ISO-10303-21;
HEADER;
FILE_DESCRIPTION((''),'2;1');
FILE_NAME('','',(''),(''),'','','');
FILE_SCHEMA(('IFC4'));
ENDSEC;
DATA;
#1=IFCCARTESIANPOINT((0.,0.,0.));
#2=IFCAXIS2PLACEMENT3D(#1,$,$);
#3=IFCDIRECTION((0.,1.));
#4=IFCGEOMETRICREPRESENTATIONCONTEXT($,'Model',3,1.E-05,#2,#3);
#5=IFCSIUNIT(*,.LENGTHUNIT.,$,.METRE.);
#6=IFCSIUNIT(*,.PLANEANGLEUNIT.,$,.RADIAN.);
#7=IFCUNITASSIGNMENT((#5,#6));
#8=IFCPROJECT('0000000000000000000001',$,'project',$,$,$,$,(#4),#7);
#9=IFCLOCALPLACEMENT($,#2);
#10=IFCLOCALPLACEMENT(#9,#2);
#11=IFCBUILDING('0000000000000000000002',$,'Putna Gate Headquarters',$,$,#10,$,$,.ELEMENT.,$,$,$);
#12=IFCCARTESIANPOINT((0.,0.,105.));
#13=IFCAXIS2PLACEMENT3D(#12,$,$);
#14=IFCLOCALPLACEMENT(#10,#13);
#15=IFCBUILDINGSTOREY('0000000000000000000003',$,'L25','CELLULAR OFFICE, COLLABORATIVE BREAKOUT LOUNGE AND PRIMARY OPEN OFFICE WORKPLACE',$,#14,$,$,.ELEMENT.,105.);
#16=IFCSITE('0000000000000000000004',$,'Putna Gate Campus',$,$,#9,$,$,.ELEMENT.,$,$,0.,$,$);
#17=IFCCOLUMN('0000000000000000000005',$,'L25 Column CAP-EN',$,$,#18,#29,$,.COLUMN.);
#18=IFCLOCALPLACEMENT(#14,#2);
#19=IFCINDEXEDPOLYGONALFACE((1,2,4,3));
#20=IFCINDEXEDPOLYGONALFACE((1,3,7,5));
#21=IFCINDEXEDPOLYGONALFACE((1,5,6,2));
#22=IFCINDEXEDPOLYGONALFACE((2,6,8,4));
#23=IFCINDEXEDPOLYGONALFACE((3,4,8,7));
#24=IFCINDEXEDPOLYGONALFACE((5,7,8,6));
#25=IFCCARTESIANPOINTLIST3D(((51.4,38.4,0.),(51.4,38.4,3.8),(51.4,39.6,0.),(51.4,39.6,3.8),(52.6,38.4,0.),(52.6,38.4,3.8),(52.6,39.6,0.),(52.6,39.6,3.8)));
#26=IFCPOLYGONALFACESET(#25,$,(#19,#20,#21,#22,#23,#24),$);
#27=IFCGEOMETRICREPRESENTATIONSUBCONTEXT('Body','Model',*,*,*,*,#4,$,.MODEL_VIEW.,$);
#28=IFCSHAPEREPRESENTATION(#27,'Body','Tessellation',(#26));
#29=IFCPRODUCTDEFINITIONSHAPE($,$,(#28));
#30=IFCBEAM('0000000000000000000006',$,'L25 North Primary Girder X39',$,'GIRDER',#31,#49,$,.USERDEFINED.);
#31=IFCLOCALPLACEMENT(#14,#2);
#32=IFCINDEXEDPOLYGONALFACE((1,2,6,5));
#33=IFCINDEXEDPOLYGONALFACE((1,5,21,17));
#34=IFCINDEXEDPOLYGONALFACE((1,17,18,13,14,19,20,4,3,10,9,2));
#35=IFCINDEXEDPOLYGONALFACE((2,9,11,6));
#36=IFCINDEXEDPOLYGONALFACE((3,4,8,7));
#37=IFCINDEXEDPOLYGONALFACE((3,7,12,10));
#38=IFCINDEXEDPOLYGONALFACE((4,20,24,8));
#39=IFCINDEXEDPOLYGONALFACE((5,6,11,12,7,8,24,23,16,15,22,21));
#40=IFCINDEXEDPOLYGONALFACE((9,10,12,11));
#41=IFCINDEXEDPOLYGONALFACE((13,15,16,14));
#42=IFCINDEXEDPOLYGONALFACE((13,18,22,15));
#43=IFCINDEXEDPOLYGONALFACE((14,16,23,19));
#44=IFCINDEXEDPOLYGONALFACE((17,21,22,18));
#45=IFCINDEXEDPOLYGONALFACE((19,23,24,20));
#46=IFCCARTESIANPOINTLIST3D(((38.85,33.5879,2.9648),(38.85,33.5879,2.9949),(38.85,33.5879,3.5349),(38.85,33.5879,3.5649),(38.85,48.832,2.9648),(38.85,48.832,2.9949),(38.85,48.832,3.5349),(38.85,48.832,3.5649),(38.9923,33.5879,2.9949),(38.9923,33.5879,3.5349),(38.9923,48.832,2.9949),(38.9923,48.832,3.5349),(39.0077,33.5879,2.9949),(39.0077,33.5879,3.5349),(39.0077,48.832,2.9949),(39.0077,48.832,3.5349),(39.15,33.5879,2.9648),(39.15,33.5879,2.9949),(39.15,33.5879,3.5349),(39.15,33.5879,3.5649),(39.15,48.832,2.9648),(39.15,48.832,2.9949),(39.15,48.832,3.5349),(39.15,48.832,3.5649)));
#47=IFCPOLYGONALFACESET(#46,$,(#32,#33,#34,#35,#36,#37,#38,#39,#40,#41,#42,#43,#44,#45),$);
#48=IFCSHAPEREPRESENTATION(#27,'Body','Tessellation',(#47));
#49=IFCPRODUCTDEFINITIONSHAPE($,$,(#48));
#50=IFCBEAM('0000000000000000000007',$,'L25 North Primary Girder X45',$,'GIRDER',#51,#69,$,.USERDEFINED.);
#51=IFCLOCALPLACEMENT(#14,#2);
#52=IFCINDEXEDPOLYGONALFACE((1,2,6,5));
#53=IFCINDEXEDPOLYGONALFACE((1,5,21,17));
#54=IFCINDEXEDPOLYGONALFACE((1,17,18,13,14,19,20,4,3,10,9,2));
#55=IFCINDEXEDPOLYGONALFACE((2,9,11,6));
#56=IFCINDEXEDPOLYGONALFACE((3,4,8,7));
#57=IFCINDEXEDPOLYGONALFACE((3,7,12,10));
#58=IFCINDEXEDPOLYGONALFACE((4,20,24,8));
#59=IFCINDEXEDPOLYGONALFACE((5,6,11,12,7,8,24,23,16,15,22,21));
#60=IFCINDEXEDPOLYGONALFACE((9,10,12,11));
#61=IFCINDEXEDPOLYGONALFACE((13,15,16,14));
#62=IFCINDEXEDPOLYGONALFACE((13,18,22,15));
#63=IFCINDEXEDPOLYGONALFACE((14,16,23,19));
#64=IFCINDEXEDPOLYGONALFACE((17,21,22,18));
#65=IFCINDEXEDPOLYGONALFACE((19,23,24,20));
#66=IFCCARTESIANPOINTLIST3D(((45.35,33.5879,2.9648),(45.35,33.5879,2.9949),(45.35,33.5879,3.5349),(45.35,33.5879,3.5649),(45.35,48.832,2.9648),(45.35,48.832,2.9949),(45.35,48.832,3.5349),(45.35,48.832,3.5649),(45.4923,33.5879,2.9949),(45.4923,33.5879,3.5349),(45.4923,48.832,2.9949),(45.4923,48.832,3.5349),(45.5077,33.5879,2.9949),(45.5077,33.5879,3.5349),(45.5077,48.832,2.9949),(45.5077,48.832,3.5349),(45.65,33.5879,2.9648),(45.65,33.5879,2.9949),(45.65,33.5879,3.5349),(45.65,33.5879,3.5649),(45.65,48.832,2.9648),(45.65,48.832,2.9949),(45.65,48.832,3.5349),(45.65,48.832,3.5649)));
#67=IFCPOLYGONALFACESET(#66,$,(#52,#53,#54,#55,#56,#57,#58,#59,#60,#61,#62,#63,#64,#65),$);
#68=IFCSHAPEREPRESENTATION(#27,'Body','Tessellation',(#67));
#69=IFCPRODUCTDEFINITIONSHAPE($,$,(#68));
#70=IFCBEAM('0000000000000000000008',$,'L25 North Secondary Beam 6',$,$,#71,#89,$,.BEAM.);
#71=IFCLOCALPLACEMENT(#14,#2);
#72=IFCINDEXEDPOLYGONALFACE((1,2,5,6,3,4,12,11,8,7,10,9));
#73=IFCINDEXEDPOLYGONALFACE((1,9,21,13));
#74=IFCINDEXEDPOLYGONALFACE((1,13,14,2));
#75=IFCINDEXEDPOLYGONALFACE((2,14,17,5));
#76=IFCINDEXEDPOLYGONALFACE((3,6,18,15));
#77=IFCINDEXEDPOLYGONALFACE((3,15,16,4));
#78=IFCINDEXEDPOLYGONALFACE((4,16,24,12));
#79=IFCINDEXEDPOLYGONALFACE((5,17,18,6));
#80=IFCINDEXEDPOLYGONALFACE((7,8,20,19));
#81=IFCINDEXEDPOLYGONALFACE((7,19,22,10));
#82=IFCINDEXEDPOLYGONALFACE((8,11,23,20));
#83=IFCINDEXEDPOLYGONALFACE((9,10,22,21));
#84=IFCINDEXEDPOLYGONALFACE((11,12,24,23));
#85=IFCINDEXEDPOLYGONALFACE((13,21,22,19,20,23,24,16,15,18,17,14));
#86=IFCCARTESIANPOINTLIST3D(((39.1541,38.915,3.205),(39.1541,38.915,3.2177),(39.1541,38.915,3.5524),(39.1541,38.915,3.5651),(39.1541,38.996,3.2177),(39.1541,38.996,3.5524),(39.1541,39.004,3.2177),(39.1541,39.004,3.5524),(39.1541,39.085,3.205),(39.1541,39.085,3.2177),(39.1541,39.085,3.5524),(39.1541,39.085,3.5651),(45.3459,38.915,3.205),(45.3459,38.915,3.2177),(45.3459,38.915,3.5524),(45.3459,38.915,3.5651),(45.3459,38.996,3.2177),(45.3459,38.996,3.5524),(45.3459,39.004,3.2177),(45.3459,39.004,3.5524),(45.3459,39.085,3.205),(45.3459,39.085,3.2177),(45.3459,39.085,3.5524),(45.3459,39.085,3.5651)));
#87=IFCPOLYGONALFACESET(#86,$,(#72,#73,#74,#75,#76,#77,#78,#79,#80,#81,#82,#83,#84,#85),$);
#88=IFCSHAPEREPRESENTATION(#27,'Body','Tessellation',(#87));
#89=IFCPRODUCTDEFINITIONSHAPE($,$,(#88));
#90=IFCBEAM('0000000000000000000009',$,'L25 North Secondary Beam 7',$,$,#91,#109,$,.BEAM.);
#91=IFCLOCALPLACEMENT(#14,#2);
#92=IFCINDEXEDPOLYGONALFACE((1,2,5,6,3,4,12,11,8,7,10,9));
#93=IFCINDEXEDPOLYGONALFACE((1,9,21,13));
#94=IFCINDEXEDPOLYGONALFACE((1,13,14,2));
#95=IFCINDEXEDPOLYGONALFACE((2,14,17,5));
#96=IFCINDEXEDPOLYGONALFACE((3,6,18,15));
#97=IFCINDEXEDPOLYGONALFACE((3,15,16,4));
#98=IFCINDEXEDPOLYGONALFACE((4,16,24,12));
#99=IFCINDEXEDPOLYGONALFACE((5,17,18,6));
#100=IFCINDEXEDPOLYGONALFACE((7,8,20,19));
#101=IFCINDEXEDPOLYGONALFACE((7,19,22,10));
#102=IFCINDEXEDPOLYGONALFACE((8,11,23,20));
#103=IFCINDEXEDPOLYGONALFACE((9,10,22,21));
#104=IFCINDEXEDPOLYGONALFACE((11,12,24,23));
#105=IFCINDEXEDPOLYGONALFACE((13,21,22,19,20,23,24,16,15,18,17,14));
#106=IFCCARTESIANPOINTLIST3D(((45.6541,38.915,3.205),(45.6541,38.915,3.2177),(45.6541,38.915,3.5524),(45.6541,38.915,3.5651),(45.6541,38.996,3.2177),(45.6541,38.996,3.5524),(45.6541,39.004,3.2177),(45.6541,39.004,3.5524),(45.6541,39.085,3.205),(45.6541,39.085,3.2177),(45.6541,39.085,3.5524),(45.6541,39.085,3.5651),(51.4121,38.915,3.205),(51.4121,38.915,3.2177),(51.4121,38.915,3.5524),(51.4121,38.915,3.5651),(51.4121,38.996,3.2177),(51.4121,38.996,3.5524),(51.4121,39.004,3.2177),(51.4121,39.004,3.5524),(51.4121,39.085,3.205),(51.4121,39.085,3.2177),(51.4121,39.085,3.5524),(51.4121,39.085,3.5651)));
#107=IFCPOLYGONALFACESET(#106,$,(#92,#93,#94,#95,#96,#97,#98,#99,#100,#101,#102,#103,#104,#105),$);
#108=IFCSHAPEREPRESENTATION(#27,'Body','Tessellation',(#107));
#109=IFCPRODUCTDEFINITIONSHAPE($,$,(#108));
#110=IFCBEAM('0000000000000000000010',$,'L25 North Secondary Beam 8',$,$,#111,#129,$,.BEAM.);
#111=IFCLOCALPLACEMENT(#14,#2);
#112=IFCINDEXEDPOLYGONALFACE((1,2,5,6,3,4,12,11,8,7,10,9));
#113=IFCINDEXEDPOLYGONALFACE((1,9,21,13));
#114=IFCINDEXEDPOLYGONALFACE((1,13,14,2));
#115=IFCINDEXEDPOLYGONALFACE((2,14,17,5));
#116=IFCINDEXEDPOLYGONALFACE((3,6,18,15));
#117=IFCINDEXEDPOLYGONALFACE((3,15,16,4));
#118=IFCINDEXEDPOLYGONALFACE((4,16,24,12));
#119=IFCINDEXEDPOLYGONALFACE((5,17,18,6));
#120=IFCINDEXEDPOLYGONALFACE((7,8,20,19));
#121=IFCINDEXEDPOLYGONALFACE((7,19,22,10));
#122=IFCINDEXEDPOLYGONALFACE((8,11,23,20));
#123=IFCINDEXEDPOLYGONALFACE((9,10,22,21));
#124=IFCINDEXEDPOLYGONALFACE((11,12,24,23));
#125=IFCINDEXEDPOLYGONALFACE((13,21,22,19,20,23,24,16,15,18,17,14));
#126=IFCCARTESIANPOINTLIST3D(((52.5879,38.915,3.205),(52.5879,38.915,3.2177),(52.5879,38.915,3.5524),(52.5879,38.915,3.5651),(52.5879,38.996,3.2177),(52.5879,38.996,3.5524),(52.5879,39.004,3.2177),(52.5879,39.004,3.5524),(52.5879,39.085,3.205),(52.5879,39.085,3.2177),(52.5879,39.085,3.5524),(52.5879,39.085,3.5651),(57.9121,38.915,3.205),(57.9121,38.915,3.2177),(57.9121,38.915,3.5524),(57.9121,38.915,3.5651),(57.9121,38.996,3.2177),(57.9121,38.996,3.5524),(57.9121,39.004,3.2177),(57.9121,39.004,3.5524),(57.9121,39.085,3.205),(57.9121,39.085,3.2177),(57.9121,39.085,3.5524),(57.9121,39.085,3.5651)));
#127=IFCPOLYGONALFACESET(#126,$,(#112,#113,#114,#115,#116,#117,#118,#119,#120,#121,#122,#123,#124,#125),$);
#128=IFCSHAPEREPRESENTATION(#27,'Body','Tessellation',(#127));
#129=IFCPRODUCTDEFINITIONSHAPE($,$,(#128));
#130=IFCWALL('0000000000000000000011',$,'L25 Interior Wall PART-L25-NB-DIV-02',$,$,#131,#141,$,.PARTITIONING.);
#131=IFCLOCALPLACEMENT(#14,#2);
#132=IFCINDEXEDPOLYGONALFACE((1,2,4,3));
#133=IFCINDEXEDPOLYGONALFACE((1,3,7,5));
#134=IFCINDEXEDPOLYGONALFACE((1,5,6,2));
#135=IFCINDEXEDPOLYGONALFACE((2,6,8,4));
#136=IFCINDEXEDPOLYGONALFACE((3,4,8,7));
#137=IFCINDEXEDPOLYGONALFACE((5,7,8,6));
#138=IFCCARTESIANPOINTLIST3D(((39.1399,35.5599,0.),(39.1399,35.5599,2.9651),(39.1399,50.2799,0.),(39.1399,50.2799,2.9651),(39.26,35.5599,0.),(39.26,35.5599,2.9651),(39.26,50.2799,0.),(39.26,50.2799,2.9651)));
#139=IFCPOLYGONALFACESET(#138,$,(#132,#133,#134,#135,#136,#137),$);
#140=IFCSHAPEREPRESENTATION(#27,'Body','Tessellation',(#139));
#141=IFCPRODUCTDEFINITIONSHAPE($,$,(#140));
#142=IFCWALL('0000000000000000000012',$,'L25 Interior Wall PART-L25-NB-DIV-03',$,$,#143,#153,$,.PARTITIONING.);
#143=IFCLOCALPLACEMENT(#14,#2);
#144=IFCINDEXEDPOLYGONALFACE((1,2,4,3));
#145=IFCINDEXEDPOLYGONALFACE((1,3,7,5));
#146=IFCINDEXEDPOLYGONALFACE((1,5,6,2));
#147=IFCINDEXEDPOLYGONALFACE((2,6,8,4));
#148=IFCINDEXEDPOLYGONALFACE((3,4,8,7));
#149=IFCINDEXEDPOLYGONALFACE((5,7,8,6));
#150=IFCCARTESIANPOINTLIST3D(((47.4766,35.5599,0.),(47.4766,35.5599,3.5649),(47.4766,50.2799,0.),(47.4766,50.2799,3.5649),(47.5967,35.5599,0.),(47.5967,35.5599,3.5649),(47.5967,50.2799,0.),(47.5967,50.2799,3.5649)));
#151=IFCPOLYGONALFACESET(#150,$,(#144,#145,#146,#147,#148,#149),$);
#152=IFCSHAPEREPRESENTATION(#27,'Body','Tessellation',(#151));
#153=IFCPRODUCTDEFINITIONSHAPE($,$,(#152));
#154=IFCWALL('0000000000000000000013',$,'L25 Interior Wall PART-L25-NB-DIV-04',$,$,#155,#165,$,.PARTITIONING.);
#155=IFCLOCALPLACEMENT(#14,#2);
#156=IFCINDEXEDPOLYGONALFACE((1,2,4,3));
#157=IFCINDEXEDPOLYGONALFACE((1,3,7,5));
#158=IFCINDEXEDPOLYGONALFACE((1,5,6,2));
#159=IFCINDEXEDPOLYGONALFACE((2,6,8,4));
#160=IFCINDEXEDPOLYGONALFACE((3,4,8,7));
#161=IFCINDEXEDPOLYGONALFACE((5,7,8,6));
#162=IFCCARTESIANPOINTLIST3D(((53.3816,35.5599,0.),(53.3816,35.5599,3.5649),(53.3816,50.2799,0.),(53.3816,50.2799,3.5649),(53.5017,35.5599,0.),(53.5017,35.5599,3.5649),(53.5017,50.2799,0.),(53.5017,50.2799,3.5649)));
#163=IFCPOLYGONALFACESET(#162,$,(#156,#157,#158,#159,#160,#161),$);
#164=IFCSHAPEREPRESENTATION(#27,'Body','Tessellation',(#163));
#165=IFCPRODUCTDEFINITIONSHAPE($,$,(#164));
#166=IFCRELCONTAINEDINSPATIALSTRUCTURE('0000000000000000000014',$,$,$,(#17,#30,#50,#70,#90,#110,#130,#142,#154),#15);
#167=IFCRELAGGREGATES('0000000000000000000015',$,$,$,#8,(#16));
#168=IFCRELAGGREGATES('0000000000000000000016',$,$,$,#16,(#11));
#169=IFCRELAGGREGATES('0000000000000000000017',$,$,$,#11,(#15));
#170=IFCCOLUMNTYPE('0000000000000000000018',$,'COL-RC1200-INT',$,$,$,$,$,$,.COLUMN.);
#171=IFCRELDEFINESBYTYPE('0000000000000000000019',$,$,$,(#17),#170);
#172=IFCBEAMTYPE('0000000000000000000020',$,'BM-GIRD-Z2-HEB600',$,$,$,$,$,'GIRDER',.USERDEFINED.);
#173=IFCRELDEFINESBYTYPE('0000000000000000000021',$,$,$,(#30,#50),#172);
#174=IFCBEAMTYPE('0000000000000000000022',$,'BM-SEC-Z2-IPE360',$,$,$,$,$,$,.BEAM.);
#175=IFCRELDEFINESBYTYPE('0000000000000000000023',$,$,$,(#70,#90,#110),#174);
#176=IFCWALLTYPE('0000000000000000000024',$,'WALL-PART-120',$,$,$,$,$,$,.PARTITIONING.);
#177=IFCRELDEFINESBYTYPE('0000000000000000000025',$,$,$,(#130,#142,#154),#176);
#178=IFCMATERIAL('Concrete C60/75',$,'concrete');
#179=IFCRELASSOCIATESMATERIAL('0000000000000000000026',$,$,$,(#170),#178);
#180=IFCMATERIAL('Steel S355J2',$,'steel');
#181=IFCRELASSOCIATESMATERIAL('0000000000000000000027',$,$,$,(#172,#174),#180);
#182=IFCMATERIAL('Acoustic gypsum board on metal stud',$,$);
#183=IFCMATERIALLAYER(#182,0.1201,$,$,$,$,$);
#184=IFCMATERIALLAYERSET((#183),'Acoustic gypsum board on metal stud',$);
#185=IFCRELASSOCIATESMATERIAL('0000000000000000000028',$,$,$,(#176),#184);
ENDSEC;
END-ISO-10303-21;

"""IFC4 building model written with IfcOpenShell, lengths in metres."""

from ifc_helpers import new_model, si_unit, direction, frame, frame_2d, origin, origin_2d, place, context, subcontext, project, spatial, rectangle, i_section, extrude, material, layer, layer_set, material_profile, profile_set, type_object, element, save


model = new_model("IFC4")

# Units and contexts
model_context = context("Model", 3, precision=1e-05, world=origin(), true_north=direction((0.0, 1.0)))
body_context = subcontext(model_context, "Body", "Model", "MODEL_VIEW")
ifc_project = project(units=[si_unit("LENGTHUNIT", "METRE"), si_unit("PLANEANGLEUNIT", "RADIAN")], contexts=[model_context])

# Site, building, storey
site_placement = place(None, origin())
site = spatial("IfcSite", under=ifc_project, at=site_placement, Name="Putna Gate Campus", CompositionType="ELEMENT", RefElevation=0.0)
building_placement = place(site_placement, origin())
building = spatial("IfcBuilding", under=site, at=building_placement, Name="Putna Gate Headquarters", CompositionType="ELEMENT")
storey_placement = place(building_placement, frame((0.0, 0.0, 105.0)))
storey = spatial("IfcBuildingStorey", under=building, at=storey_placement, Name="L25", Description="CELLULAR OFFICE, COLLABORATIVE BREAKOUT LOUNGE AND PRIMARY OPEN OFFICE WORKPLACE", CompositionType="ELEMENT", Elevation=105.0)

# Column
ifc_material_1 = material(Name="Concrete C60/75", Category="concrete")
ifc_material_profile_1 = material_profile(ifc_material_1, rectangle(XDim=1.2, YDim=1.2, at=origin_2d()), Name="Concrete C60/75")
ifc_profile_set_1 = profile_set([ifc_material_profile_1], Name="Concrete C60/75")
column_type = type_object("IfcColumnType", Name="COL-RC1200-INT", PredefinedType="COLUMN", material=ifc_profile_set_1)
column_placement = place(storey_placement, frame((52.0, 39.0, 0.0), z_axis=(0.0, 0.0, 1.0), x_axis=(1.0, 0.0, 0.0)))
element("IfcColumn", 1, at=column_placement, inside=storey, type_object=column_type, Name="L25 Column CAP-EN", PredefinedType="COLUMN", context=body_context, shape_type="SweptSolid", body=[
    extrude(rectangle(XDim=1.2, YDim=1.2, at=origin_2d()), origin(), (0.0, 0.0, 1.0), 3.8),
])

# Beams
ifc_material_2 = material(Name="Steel S355J2", Category="steel")
ifc_material_profile_2 = material_profile(ifc_material_2, i_section(OverallWidth=0.3, OverallDepth=0.6001, WebThickness=0.0154, FlangeThickness=0.03, at=origin_2d()), Name="Steel S355J2")
ifc_profile_set_2 = profile_set([ifc_material_profile_2], Name="Steel S355J2")
beam_type_1 = type_object("IfcBeamType", Name="BM-GIRD-Z2-HEB600", ElementType="GIRDER", PredefinedType="USERDEFINED", material=ifc_profile_set_2)
for number, where, z_axis, x_axis, name in (
    (2, (39.0, 33.5879, 3.2649), (0.0, 1.0, 0.0), (-1.0, 0.0, 0.0), "L25 North Primary Girder X39"),
    (3, (45.5, 33.5879, 3.2649), (0.0, 1.0, 0.0), (-1.0, 0.0, 0.0), "L25 North Primary Girder X45"),
):
    element("IfcBeam", number, at=place(storey_placement, frame(where, z_axis=z_axis, x_axis=x_axis)), inside=storey, type_object=beam_type_1, Name=name, ObjectType="GIRDER", PredefinedType="USERDEFINED", context=body_context, shape_type="SweptSolid", body=[
        extrude(i_section(OverallWidth=0.3, OverallDepth=0.6001, WebThickness=0.0154, FlangeThickness=0.03, at=origin_2d()), origin(), (0.0, 0.0, 1.0), 15.2441),
    ])
ifc_material_profile_3 = material_profile(ifc_material_2, i_section(OverallWidth=0.1699, OverallDepth=0.3601, WebThickness=0.0081, FlangeThickness=0.0127, at=origin_2d()), Name="Steel S355J2")
ifc_profile_set_3 = profile_set([ifc_material_profile_3], Name="Steel S355J2")
beam_type_2 = type_object("IfcBeamType", Name="BM-SEC-Z2-IPE360", PredefinedType="BEAM", material=ifc_profile_set_3)
beam_1_placement = place(storey_placement, frame((39.1541, 39.0, 3.385), z_axis=(1.0, 0.0, 0.0), x_axis=(0.0, 1.0, 0.0)))
element("IfcBeam", 4, at=beam_1_placement, inside=storey, type_object=beam_type_2, Name="L25 North Secondary Beam 6", PredefinedType="BEAM", context=body_context, shape_type="SweptSolid", body=[
    extrude(i_section(OverallWidth=0.1699, OverallDepth=0.3601, WebThickness=0.0081, FlangeThickness=0.0127, at=origin_2d()), origin(), (0.0, 0.0, 1.0), 6.1919),
])
beam_2_placement = place(storey_placement, frame((45.6541, 39.0, 3.385), z_axis=(1.0, 0.0, 0.0), x_axis=(0.0, 1.0, 0.0)))
element("IfcBeam", 5, at=beam_2_placement, inside=storey, type_object=beam_type_2, Name="L25 North Secondary Beam 7", PredefinedType="BEAM", context=body_context, shape_type="SweptSolid", body=[
    extrude(i_section(OverallWidth=0.1699, OverallDepth=0.3601, WebThickness=0.0081, FlangeThickness=0.0127, at=origin_2d()), origin(), (0.0, 0.0, 1.0), 5.7581),
])
beam_3_placement = place(storey_placement, frame((52.5879, 39.0, 3.385), z_axis=(1.0, 0.0, 0.0), x_axis=(0.0, 1.0, 0.0)))
element("IfcBeam", 6, at=beam_3_placement, inside=storey, type_object=beam_type_2, Name="L25 North Secondary Beam 8", PredefinedType="BEAM", context=body_context, shape_type="SweptSolid", body=[
    extrude(i_section(OverallWidth=0.1699, OverallDepth=0.3601, WebThickness=0.0081, FlangeThickness=0.0127, at=origin_2d()), origin(), (0.0, 0.0, 1.0), 5.3242),
])

# Walls
ifc_material_3 = material(Name="Acoustic gypsum board on metal stud")
ifc_layer_1 = layer(ifc_material_3, 0.1201)
ifc_layer_set_1 = layer_set([ifc_layer_1], Name="Acoustic gypsum board on metal stud")
wall_type_1 = type_object("IfcWallType", Name="WALL-PART-120", PredefinedType="PARTITIONING", material=ifc_layer_set_1)
wall_1_placement = place(storey_placement, frame((39.2, 35.5601, 0.0), z_axis=(0.0, 0.0, 1.0), x_axis=(0.0, 1.0, 0.0)))
element("IfcWall", 7, at=wall_1_placement, inside=storey, type_object=wall_type_1, Name="L25 Interior Wall PART-L25-NB-DIV-02", PredefinedType="PARTITIONING", context=body_context, shape_type="SweptSolid", body=[
    extrude(rectangle(XDim=14.72, YDim=0.1201, at=frame_2d((7.3599, 0.0))), origin(), (0.0, 0.0, 1.0), 2.9651),
])
for number, where, z_axis, x_axis, name in (
    (8, (47.5366, 35.5601, 0.0), (0.0, 0.0, 1.0), (0.0, 1.0, 0.0), "L25 Interior Wall PART-L25-NB-DIV-03"),
    (9, (53.4417, 35.5601, 0.0), (0.0, 0.0, 1.0), (0.0, 1.0, 0.0), "L25 Interior Wall PART-L25-NB-DIV-04"),
):
    element("IfcWall", number, at=place(storey_placement, frame(where, z_axis=z_axis, x_axis=x_axis)), inside=storey, type_object=wall_type_1, Name=name, PredefinedType="PARTITIONING", context=body_context, shape_type="SweptSolid", body=[
        extrude(rectangle(XDim=14.72, YDim=0.1201, at=frame_2d((7.3599, 0.0))), origin(), (0.0, 0.0, 1.0), 3.5649),
    ])

save(model, "model.ifc")
